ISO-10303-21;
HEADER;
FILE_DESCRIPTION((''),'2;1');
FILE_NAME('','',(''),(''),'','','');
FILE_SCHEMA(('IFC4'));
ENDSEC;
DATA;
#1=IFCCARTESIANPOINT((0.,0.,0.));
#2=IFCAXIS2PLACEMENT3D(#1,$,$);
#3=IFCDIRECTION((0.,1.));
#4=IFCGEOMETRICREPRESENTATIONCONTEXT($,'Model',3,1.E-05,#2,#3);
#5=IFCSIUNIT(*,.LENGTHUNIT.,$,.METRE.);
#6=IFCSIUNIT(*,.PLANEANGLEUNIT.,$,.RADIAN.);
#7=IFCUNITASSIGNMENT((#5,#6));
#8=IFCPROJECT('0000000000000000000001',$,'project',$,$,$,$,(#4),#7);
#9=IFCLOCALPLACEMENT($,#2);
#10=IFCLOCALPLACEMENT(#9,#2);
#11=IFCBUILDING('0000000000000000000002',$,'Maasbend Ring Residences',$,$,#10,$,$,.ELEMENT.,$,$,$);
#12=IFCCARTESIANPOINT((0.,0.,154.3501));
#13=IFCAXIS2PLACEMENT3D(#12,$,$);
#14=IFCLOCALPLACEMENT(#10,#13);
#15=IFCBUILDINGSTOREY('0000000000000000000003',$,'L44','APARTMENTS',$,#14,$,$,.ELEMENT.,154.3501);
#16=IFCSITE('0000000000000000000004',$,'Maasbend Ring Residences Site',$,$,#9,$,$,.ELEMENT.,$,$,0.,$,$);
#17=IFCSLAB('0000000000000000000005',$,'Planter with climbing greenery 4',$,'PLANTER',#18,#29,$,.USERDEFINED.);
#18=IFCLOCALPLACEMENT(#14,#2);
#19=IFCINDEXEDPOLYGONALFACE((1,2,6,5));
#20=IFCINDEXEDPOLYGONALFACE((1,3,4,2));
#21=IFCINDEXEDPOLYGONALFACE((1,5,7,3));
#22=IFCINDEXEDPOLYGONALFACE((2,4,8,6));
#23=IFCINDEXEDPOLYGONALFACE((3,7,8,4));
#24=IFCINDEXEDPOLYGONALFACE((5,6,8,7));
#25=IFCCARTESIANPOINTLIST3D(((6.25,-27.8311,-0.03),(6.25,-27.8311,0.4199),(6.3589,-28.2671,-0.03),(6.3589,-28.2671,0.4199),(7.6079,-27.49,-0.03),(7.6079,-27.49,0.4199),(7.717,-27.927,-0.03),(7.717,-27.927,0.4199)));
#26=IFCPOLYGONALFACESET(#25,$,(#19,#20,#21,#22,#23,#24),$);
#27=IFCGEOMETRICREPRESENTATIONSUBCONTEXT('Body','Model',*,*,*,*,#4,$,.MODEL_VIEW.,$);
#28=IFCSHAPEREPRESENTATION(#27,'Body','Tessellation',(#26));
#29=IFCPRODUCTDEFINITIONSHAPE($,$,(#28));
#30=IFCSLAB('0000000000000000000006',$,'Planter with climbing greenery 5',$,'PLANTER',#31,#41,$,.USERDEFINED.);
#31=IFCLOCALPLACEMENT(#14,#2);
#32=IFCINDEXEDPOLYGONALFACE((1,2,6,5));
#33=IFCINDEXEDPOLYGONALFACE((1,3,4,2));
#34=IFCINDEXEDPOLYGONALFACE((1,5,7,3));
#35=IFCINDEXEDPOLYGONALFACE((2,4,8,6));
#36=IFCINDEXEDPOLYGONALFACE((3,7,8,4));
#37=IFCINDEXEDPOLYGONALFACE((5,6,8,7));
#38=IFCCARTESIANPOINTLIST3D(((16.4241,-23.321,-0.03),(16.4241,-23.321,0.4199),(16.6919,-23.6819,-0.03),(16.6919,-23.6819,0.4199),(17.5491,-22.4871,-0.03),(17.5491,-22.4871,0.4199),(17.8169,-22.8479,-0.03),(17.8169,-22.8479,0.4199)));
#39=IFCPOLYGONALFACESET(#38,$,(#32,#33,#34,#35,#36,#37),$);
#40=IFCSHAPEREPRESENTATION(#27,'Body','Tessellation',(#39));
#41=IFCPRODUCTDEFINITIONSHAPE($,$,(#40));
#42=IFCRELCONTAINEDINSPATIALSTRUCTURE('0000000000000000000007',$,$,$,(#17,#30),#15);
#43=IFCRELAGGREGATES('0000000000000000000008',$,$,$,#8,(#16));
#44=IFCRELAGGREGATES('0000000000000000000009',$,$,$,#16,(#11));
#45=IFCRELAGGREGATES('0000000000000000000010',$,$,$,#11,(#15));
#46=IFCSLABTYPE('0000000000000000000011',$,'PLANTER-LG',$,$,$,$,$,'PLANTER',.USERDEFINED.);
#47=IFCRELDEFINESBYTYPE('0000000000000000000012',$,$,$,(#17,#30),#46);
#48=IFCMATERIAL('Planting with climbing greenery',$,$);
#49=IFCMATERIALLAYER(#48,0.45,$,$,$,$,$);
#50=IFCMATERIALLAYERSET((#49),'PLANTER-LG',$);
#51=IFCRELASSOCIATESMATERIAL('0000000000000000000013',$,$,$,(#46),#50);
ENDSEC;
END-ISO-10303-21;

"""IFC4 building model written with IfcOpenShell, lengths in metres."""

from ifc_helpers import new_model, si_unit, direction, frame, origin, place, context, subcontext, project, spatial, polyline, outline, extrude, material, layer, layer_set, type_object, element, save


model = new_model("IFC4")

# Units and contexts
model_context = context("Model", 3, precision=1e-05, world=origin(), true_north=direction((0.0, 1.0)))
body_context = subcontext(model_context, "Body", "Model", "MODEL_VIEW")
ifc_project = project(units=[si_unit("LENGTHUNIT", "METRE"), si_unit("PLANEANGLEUNIT", "RADIAN")], contexts=[model_context])

# Site, building, storey
site_placement = place(None, origin())
site = spatial("IfcSite", under=ifc_project, at=site_placement, Name="Maasbend Ring Residences Site", CompositionType="ELEMENT", RefElevation=0.0)
building_placement = place(site_placement, origin())
building = spatial("IfcBuilding", under=site, at=building_placement, Name="Maasbend Ring Residences", CompositionType="ELEMENT")
storey_placement = place(building_placement, frame((0.0, 0.0, 154.3501)))
storey = spatial("IfcBuildingStorey", under=building, at=storey_placement, Name="L44", Description="APARTMENTS", CompositionType="ELEMENT", Elevation=154.3501)

# Slabs
ifc_material_1 = material(Name="Planting with climbing greenery")
ifc_layer_1 = layer(ifc_material_1, 0.45)
ifc_layer_set_1 = layer_set([ifc_layer_1], Name="PLANTER-LG")
slab_type_1 = type_object("IfcSlabType", Name="PLANTER-LG", ElementType="PLANTER", PredefinedType="USERDEFINED", material=ifc_layer_set_1)
slab_1_placement = place(storey_placement, frame((0.0, 0.0, -0.03)))
element("IfcSlab", 1, at=slab_1_placement, inside=storey, type_object=slab_type_1, Name="Planter with climbing greenery 4", ObjectType="PLANTER", PredefinedType="USERDEFINED", context=body_context, shape_type="SweptSolid", body=[
    extrude(outline(polyline([(6.3589, -28.2671), (7.717, -27.927), (7.6079, -27.49), (6.25, -27.8311), (6.3589, -28.2671)])), origin(), (0.0, 0.0, 1.0), 0.45),
])
slab_2_placement = place(storey_placement, frame((0.0, 0.0, -0.03)))
element("IfcSlab", 2, at=slab_2_placement, inside=storey, type_object=slab_type_1, Name="Planter with climbing greenery 5", ObjectType="PLANTER", PredefinedType="USERDEFINED", context=body_context, shape_type="SweptSolid", body=[
    extrude(outline(polyline([(16.6919, -23.6819), (17.8169, -22.8479), (17.5491, -22.4871), (16.4241, -23.321), (16.6919, -23.6819)])), origin(), (0.0, 0.0, 1.0), 0.45),
])

save(model, "model.ifc")
